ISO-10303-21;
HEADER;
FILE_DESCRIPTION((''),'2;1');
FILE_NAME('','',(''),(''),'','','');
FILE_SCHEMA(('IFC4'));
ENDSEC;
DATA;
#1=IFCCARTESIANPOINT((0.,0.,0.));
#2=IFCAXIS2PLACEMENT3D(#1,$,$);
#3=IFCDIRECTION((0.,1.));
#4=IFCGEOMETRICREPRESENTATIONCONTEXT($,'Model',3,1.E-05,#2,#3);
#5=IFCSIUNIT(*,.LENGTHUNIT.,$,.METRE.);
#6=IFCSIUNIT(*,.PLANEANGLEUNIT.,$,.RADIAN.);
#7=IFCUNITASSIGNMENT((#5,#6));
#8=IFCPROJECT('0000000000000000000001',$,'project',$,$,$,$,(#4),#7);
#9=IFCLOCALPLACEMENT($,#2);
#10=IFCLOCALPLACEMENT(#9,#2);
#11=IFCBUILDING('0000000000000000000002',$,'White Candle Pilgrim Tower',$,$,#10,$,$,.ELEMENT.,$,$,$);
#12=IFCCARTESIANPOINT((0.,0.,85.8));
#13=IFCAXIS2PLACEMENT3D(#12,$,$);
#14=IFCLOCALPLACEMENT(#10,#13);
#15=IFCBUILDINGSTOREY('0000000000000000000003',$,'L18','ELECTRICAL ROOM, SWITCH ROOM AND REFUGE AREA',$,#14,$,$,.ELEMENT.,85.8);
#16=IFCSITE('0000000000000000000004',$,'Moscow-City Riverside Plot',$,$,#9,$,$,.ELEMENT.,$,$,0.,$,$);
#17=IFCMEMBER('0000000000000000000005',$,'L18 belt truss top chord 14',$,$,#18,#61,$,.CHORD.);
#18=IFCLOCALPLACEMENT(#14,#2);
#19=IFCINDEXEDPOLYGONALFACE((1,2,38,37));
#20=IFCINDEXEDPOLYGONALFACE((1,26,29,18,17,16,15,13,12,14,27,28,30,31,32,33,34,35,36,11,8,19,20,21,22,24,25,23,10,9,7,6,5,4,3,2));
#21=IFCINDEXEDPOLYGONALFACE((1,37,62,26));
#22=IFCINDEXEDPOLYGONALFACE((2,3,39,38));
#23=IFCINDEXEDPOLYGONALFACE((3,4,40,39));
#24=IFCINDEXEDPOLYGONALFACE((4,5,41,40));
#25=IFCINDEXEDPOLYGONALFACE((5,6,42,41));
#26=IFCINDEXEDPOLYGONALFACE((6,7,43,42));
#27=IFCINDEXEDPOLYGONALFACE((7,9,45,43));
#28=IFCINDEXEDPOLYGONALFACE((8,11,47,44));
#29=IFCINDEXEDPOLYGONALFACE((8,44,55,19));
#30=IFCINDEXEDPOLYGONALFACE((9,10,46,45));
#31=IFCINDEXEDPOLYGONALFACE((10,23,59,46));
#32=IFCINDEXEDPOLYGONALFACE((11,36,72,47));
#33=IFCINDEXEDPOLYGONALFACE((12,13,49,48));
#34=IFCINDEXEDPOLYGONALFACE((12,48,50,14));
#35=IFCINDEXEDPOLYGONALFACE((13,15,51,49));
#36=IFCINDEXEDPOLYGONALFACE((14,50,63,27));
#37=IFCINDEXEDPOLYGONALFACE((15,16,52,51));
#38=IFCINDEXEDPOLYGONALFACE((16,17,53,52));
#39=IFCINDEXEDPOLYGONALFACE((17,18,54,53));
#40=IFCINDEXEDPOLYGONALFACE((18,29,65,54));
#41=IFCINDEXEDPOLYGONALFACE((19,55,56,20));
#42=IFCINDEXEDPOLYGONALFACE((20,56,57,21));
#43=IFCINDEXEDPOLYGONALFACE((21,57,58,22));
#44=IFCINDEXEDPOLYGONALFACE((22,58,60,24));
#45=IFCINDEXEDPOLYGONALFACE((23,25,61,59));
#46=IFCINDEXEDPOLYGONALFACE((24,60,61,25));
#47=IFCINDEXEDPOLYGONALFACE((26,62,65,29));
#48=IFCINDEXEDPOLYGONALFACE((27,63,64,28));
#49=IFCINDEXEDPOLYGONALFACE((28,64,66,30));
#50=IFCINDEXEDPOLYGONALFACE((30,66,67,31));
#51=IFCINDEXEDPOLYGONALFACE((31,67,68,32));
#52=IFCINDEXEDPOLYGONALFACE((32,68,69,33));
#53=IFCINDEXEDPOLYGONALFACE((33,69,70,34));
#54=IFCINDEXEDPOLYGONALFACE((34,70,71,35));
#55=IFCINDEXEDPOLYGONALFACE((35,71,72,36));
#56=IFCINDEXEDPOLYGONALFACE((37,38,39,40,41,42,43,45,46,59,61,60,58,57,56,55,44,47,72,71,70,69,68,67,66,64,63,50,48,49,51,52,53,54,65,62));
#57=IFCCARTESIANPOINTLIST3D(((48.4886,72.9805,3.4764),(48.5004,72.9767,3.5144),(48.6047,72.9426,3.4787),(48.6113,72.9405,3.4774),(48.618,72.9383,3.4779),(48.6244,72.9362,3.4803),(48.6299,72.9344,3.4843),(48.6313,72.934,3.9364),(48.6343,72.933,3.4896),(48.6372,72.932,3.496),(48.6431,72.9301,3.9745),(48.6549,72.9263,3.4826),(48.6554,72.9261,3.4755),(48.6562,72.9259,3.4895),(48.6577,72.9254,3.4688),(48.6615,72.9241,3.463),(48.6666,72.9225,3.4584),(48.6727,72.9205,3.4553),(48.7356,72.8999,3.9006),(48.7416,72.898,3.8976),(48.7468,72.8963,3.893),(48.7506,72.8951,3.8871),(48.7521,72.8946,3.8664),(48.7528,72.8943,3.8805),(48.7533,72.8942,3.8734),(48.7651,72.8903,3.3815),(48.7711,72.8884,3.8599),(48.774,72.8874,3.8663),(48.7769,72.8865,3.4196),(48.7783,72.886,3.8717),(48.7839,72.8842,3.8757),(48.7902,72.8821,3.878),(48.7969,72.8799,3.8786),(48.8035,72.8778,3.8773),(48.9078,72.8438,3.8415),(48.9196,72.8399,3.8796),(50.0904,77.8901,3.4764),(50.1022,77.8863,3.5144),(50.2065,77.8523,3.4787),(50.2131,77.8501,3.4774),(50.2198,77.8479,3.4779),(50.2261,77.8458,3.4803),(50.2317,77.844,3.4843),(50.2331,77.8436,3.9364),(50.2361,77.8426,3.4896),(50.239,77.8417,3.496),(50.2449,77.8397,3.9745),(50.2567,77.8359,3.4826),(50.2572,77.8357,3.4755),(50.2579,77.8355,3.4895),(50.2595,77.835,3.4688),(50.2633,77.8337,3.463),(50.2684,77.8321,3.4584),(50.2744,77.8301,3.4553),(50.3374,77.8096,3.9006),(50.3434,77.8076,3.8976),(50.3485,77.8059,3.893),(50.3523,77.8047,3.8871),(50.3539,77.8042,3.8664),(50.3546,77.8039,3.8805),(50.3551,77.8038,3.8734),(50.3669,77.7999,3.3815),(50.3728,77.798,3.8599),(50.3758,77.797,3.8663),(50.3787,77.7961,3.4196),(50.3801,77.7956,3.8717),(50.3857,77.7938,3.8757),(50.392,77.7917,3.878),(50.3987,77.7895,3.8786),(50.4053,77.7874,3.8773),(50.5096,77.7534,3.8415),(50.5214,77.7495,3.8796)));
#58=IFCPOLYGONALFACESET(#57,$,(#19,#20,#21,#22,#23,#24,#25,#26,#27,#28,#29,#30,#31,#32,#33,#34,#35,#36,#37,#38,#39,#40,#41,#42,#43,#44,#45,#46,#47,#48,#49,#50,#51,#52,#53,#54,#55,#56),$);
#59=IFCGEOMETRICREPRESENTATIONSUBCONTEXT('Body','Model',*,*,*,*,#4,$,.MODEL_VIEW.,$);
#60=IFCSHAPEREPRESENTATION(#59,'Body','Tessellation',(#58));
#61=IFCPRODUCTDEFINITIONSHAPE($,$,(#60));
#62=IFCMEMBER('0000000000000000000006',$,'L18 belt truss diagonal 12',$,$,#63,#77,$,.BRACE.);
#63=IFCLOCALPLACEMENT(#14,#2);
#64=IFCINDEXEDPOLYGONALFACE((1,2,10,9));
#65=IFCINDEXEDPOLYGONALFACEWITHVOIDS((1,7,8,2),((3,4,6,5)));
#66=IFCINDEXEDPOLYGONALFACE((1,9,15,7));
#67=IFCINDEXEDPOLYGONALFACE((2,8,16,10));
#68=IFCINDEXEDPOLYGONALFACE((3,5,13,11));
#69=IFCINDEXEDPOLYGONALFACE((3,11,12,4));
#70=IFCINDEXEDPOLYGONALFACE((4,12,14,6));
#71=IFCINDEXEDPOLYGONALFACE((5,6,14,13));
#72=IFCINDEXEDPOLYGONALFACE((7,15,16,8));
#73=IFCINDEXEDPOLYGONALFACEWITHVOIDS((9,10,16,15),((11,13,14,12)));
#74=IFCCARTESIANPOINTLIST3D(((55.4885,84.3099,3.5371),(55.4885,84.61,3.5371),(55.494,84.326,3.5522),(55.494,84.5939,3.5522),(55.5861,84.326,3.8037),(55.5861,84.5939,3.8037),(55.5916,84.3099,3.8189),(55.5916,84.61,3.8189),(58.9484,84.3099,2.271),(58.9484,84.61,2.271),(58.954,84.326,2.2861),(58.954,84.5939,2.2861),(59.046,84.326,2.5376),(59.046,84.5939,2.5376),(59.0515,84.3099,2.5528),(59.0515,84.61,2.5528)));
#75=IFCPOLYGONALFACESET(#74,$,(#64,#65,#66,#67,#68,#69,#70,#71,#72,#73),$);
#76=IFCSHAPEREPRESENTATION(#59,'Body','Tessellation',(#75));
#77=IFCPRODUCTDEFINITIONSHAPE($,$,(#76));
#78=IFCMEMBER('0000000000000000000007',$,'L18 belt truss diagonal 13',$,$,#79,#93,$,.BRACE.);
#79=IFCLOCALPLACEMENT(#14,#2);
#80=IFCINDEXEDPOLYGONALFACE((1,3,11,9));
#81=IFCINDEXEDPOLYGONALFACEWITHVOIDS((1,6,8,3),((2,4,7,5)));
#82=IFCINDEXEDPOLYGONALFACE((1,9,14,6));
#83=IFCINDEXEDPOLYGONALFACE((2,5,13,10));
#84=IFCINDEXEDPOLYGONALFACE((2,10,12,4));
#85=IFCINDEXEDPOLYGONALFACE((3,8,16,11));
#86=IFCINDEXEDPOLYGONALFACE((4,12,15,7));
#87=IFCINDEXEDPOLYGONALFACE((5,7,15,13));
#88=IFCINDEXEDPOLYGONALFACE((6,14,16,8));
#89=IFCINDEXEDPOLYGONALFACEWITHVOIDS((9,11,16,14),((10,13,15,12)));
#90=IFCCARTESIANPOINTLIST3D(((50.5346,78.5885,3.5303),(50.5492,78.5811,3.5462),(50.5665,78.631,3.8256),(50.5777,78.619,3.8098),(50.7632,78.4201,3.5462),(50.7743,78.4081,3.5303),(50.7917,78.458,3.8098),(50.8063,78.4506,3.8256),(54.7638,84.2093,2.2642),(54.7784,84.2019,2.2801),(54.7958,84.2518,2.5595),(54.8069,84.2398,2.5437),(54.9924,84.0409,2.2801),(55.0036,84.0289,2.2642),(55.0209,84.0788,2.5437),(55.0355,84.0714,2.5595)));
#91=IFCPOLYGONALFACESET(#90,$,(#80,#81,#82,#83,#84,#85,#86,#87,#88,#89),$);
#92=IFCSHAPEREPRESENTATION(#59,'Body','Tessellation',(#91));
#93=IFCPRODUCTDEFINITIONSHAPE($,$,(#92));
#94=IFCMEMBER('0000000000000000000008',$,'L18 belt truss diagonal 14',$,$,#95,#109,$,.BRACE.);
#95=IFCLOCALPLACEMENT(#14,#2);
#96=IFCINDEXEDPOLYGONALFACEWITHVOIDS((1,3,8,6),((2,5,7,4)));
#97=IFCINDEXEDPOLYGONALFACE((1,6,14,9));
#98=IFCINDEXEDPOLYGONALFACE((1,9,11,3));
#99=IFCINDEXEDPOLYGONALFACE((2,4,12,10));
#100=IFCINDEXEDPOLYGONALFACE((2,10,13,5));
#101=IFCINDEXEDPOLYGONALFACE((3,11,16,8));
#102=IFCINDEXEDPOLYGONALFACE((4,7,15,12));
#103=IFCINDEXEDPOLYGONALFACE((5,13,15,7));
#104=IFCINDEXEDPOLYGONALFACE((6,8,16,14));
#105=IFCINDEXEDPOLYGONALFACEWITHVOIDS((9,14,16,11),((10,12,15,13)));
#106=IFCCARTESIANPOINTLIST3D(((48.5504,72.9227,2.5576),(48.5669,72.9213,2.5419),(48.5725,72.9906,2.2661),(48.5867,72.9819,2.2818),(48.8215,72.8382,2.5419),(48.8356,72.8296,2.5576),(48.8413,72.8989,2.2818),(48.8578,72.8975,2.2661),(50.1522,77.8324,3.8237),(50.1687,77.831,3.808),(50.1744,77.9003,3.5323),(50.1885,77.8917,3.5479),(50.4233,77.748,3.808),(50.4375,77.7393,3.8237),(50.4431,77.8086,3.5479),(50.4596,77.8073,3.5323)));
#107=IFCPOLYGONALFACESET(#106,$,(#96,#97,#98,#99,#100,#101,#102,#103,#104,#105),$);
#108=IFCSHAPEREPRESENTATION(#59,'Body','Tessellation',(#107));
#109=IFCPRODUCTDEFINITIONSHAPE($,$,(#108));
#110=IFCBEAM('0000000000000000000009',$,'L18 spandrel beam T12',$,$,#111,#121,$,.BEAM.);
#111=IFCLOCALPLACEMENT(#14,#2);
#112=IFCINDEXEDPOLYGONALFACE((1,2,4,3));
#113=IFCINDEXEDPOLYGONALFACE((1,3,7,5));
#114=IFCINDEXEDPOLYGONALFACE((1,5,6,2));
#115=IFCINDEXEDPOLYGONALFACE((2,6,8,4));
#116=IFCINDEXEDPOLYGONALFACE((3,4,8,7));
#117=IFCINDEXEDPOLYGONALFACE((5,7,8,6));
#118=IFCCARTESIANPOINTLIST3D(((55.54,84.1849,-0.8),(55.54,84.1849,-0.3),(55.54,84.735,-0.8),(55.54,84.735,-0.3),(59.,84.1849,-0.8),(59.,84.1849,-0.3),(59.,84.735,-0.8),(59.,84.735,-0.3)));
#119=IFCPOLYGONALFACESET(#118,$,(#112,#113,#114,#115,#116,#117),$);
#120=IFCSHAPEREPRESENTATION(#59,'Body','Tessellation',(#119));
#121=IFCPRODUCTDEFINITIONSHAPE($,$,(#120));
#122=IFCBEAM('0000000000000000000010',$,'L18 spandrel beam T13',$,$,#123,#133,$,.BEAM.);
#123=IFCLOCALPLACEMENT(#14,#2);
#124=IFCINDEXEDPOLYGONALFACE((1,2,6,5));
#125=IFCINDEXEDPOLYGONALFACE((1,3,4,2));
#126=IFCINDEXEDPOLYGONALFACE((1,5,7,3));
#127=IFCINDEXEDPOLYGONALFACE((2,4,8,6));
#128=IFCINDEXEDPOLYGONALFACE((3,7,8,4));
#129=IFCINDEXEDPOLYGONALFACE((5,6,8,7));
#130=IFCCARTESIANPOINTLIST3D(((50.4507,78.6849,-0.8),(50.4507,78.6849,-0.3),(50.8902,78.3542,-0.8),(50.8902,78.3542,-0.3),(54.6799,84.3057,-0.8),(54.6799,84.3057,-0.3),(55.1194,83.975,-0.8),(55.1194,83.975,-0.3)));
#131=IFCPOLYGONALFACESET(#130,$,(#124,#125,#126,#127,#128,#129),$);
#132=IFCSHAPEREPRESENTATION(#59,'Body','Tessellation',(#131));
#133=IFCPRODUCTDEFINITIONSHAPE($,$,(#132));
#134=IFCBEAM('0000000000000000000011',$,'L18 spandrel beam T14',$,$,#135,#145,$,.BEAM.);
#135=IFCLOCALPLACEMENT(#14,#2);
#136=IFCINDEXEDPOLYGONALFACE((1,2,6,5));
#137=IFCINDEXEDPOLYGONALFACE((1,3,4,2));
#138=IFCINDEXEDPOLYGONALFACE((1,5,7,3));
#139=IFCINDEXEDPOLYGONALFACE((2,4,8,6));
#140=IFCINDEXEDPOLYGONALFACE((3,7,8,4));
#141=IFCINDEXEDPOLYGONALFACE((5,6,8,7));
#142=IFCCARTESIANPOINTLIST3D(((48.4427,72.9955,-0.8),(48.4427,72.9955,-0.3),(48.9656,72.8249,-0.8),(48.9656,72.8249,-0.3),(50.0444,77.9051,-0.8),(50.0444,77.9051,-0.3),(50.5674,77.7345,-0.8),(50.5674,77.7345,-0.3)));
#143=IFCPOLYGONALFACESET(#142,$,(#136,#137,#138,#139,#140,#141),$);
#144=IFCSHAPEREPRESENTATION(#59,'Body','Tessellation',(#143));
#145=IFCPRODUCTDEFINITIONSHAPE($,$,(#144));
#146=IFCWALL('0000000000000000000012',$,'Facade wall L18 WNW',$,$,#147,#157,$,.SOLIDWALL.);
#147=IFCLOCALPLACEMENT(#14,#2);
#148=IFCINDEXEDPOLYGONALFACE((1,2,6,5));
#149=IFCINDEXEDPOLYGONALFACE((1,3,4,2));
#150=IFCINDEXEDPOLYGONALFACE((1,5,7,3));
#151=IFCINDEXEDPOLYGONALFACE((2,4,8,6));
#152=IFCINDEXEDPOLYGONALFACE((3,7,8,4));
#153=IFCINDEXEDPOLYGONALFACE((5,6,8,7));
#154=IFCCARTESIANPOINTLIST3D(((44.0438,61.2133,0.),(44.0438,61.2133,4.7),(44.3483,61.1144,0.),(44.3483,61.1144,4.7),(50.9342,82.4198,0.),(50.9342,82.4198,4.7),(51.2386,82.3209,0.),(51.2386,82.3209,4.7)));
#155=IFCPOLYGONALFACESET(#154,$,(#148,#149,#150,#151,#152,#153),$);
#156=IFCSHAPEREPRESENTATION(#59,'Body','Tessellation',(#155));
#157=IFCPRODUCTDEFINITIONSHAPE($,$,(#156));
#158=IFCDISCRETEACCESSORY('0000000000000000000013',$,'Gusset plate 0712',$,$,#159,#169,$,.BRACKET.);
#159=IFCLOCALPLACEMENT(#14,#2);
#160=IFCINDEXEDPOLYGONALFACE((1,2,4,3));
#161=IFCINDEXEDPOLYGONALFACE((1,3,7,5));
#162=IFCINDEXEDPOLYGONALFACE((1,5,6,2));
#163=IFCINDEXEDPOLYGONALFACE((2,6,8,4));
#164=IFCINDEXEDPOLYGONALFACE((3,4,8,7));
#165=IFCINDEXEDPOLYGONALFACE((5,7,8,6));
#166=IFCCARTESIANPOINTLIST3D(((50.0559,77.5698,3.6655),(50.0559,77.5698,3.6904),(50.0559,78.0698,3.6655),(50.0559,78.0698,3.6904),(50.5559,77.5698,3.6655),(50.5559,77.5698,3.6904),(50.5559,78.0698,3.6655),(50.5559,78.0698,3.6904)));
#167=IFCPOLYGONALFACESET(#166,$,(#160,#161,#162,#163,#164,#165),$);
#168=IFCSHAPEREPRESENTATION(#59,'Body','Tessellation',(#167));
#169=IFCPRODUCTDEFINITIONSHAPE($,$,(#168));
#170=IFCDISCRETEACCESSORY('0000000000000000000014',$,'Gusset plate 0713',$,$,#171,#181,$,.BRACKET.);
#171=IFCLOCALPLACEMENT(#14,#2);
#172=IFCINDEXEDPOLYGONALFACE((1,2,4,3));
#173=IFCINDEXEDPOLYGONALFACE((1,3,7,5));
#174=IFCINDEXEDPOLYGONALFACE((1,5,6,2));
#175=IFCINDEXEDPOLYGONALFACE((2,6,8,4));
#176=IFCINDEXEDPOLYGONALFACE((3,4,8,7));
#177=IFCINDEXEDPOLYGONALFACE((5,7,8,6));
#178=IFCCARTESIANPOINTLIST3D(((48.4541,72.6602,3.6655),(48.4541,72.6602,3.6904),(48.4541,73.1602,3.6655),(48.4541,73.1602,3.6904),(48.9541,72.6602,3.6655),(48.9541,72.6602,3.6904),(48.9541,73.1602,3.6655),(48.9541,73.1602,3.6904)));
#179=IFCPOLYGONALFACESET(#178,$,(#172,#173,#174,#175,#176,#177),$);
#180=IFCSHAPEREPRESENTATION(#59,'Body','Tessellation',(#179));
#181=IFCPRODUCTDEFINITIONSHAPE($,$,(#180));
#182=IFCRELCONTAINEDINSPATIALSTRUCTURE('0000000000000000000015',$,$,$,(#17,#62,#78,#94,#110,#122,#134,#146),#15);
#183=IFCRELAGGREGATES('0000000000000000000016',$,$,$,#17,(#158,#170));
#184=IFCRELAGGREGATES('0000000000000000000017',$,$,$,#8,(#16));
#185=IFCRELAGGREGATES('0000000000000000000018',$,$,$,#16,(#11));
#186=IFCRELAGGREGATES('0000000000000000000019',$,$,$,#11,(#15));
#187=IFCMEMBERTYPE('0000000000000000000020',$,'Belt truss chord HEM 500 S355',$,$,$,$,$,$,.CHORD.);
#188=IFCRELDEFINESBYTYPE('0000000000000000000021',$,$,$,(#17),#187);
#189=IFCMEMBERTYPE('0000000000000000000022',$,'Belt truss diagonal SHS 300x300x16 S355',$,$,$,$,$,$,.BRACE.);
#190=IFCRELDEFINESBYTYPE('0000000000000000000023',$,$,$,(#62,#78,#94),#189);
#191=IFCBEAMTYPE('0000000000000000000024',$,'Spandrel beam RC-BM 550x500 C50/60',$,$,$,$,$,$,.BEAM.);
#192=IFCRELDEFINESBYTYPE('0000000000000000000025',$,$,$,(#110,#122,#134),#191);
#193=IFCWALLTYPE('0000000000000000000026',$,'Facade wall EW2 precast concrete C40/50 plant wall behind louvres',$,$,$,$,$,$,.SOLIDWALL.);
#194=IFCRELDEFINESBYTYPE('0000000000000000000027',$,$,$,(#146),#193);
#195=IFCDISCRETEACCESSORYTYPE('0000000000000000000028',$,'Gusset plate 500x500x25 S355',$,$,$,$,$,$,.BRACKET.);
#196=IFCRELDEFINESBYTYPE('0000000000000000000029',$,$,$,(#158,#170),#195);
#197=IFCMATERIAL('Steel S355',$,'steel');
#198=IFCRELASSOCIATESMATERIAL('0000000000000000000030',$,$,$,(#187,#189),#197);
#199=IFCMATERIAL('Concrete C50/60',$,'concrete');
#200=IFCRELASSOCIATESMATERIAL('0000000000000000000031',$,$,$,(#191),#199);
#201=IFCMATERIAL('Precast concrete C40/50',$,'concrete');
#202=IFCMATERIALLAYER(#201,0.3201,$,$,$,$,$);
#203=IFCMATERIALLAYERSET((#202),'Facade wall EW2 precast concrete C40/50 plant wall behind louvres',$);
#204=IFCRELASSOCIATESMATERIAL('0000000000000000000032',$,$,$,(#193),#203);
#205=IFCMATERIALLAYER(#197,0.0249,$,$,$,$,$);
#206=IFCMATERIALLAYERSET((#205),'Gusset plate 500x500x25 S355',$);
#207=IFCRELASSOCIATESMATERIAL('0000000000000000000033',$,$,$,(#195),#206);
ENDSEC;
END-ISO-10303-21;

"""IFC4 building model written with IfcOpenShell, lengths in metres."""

from ifc_helpers import new_model, si_unit, direction, frame, frame_2d, origin, origin_2d, place, context, subcontext, project, spatial, rectangle, hollow_rectangle, i_section, extrude, material, layer, layer_set, material_profile, profile_set, type_object, element, aggregate, save


model = new_model("IFC4")

# Units and contexts
model_context = context("Model", 3, precision=1e-05, world=origin(), true_north=direction((0.0, 1.0)))
body_context = subcontext(model_context, "Body", "Model", "MODEL_VIEW")
ifc_project = project(units=[si_unit("LENGTHUNIT", "METRE"), si_unit("PLANEANGLEUNIT", "RADIAN")], contexts=[model_context])

# Site, building, storey
site_placement = place(None, origin())
site = spatial("IfcSite", under=ifc_project, at=site_placement, Name="Moscow-City Riverside Plot", CompositionType="ELEMENT", RefElevation=0.0)
building_placement = place(site_placement, origin())
building = spatial("IfcBuilding", under=site, at=building_placement, Name="White Candle Pilgrim Tower", CompositionType="ELEMENT")
storey_placement = place(building_placement, frame((0.0, 0.0, 85.8)))
storey = spatial("IfcBuildingStorey", under=building, at=storey_placement, Name="L18", Description="ELECTRICAL ROOM, SWITCH ROOM AND REFUGE AREA", CompositionType="ELEMENT", Elevation=85.8)

# Member
ifc_material_1 = material(Name="Steel S355", Category="steel")
ifc_material_profile_1 = material_profile(ifc_material_1, i_section(OverallWidth=0.3059, OverallDepth=0.5239, WebThickness=0.021, FlangeThickness=0.04, FilletRadius=0.0271, at=origin_2d()), Name="HEM 500")
ifc_profile_set_1 = profile_set([ifc_material_profile_1], Name="Steel S355")
member_type_1 = type_object("IfcMemberType", Name="Belt truss chord HEM 500 S355", PredefinedType="CHORD", material=ifc_profile_set_1)
member_1_placement = place(storey_placement, frame((50.3059, 77.8198, 3.678), z_axis=(-0.310166, -0.950683, 0.0), x_axis=(0.903789, -0.294866, -0.310192)))
member_1 = element("IfcMember", 1, at=member_1_placement, inside=storey, type_object=member_type_1, Name="L18 belt truss top chord 14", PredefinedType="CHORD", context=body_context, shape_type="SweptSolid", body=[
    extrude(i_section(OverallWidth=0.3059, OverallDepth=0.5239, WebThickness=0.021, FlangeThickness=0.04, FilletRadius=0.0271, at=origin_2d()), origin(), (0.0, 0.0, 1.0), 5.1643),
])

# Members
ifc_material_profile_2 = material_profile(ifc_material_1, hollow_rectangle(XDim=0.3, YDim=0.3, WallThickness=0.0161, at=origin_2d()), Name="SHS 300x300x16")
ifc_profile_set_2 = profile_set([ifc_material_profile_2], Name="Steel S355")
member_type_2 = type_object("IfcMemberType", Name="Belt truss diagonal SHS 300x300x16 S355", PredefinedType="BRACE", material=ifc_profile_set_2)
member_2_placement = place(storey_placement, frame((55.54, 84.46, 3.678), z_axis=(0.939099, 0.0, -0.343647), x_axis=(0.0, 1.0, 0.0)))
element("IfcMember", 2, at=member_2_placement, inside=storey, type_object=member_type_2, Name="L18 belt truss diagonal 12", PredefinedType="BRACE", context=body_context, shape_type="SweptSolid", body=[
    extrude(hollow_rectangle(XDim=0.3, YDim=0.3, WallThickness=0.0161, at=origin_2d()), origin(), (0.0, 0.0, 1.0), 3.6843),
])
member_3_placement = place(storey_placement, frame((54.8997, 84.1404, 2.4119), z_axis=(-0.591729, -0.786433, 0.177146), x_axis=(0.79907, -0.601238, 0.0)))
element("IfcMember", 3, at=member_3_placement, inside=storey, type_object=member_type_2, Name="L18 belt truss diagonal 13", PredefinedType="BRACE", context=body_context, shape_type="SweptSolid", body=[
    extrude(hollow_rectangle(XDim=0.3, YDim=0.3, WallThickness=0.0161, at=origin_2d()), origin(), (0.0, 0.0, 1.0), 7.1472),
])
member_4_placement = place(storey_placement, frame((50.3059, 77.8198, 3.678), z_axis=(-0.301244, -0.923339, -0.238112), x_axis=(0.950683, -0.310166, 0.0)))
element("IfcMember", 4, at=member_4_placement, inside=storey, type_object=member_type_2, Name="L18 belt truss diagonal 14", PredefinedType="BRACE", context=body_context, shape_type="SweptSolid", body=[
    extrude(hollow_rectangle(XDim=0.3, YDim=0.3, WallThickness=0.0161, at=origin_2d()), origin(), (0.0, 0.0, 1.0), 5.3174),
])

# Beams
ifc_material_2 = material(Name="Concrete C50/60", Category="concrete")
ifc_material_profile_3 = material_profile(ifc_material_2, rectangle(XDim=0.55, YDim=0.5, at=origin_2d()), Name="RC-BM 550x500")
ifc_profile_set_3 = profile_set([ifc_material_profile_3], Name="Concrete C50/60")
beam_type = type_object("IfcBeamType", Name="Spandrel beam RC-BM 550x500 C50/60", PredefinedType="BEAM", material=ifc_profile_set_3)
beam_1_placement = place(storey_placement, frame((55.54, 84.46, -0.55), z_axis=(1.0, 0.0, 0.0), x_axis=(0.0, 1.0, 0.0)))
element("IfcBeam", 5, at=beam_1_placement, inside=storey, type_object=beam_type, Name="L18 spandrel beam T12", PredefinedType="BEAM", context=body_context, shape_type="SweptSolid", body=[
    extrude(rectangle(XDim=0.55, YDim=0.5, at=origin_2d()), origin(), (0.0, 0.0, 1.0), 3.46),
])
beam_2_placement = place(storey_placement, frame((54.8997, 84.1404, -0.55), z_axis=(-0.601238, -0.79907, 0.0), x_axis=(0.79907, -0.601238, 0.0)))
element("IfcBeam", 6, at=beam_2_placement, inside=storey, type_object=beam_type, Name="L18 spandrel beam T13", PredefinedType="BEAM", context=body_context, shape_type="SweptSolid", body=[
    extrude(rectangle(XDim=0.55, YDim=0.5, at=origin_2d()), origin(), (0.0, 0.0, 1.0), 7.0342),
])
beam_3_placement = place(storey_placement, frame((50.3059, 77.8198, -0.55), z_axis=(-0.310166, -0.950683, 0.0), x_axis=(0.950683, -0.310166, 0.0)))
element("IfcBeam", 7, at=beam_3_placement, inside=storey, type_object=beam_type, Name="L18 spandrel beam T14", PredefinedType="BEAM", context=body_context, shape_type="SweptSolid", body=[
    extrude(rectangle(XDim=0.55, YDim=0.5, at=origin_2d()), origin(), (0.0, 0.0, 1.0), 5.1643),
])

# Wall
ifc_material_3 = material(Name="Precast concrete C40/50", Category="concrete")
ifc_layer_1 = layer(ifc_material_3, 0.3201)
ifc_layer_set_1 = layer_set([ifc_layer_1], Name="Facade wall EW2 precast concrete C40/50 plant wall behind louvres")
wall_type_1 = type_object("IfcWallType", Name="Facade wall EW2 precast concrete C40/50 plant wall behind louvres", PredefinedType="SOLIDWALL", material=ifc_layer_set_1)
wall_1_placement = place(storey_placement, frame((51.0864, 82.3704, 0.0), z_axis=(0.0, 0.0, 1.0), x_axis=(-0.309015, -0.951057, 0.0)))
element("IfcWall", 8, at=wall_1_placement, inside=storey, type_object=wall_type_1, Name="Facade wall L18 WNW", PredefinedType="SOLIDWALL", context=body_context, shape_type="SweptSolid", body=[
    extrude(rectangle(XDim=22.2979, YDim=0.3201, at=frame_2d((11.1489, 0.0))), origin(), (0.0, 0.0, 1.0), 4.7),
])

# Discrete accessories
ifc_layer_2 = layer(ifc_material_1, 0.0249)
ifc_layer_set_2 = layer_set([ifc_layer_2], Name="Gusset plate 500x500x25 S355")
discrete_accessory_type_1 = type_object("IfcDiscreteAccessoryType", Name="Gusset plate 500x500x25 S355", PredefinedType="BRACKET", material=ifc_layer_set_2)
discrete_accessory_1_placement = place(storey_placement, frame((50.3059, 77.8198, 3.6655), z_axis=(0.0, 0.0, 1.0), x_axis=(1.0, 0.0, 0.0)))
discrete_accessory_1 = element("IfcDiscreteAccessory", 9, at=discrete_accessory_1_placement, type_object=discrete_accessory_type_1, Name="Gusset plate 0712", PredefinedType="BRACKET", context=body_context, shape_type="SweptSolid", body=[
    extrude(rectangle(XDim=0.5, YDim=0.5, at=origin_2d()), origin(), (0.0, 0.0, 1.0), 0.0249),
])
discrete_accessory_2_placement = place(storey_placement, frame((48.7041, 72.9102, 3.6655), z_axis=(0.0, 0.0, 1.0), x_axis=(1.0, 0.0, 0.0)))
discrete_accessory_2 = element("IfcDiscreteAccessory", 10, at=discrete_accessory_2_placement, type_object=discrete_accessory_type_1, Name="Gusset plate 0713", PredefinedType="BRACKET", context=body_context, shape_type="SweptSolid", body=[
    extrude(rectangle(XDim=0.5, YDim=0.5, at=origin_2d()), origin(), (0.0, 0.0, 1.0), 0.0249),
])
aggregate(member_1, [discrete_accessory_1, discrete_accessory_2])

save(model, "model.ifc")
